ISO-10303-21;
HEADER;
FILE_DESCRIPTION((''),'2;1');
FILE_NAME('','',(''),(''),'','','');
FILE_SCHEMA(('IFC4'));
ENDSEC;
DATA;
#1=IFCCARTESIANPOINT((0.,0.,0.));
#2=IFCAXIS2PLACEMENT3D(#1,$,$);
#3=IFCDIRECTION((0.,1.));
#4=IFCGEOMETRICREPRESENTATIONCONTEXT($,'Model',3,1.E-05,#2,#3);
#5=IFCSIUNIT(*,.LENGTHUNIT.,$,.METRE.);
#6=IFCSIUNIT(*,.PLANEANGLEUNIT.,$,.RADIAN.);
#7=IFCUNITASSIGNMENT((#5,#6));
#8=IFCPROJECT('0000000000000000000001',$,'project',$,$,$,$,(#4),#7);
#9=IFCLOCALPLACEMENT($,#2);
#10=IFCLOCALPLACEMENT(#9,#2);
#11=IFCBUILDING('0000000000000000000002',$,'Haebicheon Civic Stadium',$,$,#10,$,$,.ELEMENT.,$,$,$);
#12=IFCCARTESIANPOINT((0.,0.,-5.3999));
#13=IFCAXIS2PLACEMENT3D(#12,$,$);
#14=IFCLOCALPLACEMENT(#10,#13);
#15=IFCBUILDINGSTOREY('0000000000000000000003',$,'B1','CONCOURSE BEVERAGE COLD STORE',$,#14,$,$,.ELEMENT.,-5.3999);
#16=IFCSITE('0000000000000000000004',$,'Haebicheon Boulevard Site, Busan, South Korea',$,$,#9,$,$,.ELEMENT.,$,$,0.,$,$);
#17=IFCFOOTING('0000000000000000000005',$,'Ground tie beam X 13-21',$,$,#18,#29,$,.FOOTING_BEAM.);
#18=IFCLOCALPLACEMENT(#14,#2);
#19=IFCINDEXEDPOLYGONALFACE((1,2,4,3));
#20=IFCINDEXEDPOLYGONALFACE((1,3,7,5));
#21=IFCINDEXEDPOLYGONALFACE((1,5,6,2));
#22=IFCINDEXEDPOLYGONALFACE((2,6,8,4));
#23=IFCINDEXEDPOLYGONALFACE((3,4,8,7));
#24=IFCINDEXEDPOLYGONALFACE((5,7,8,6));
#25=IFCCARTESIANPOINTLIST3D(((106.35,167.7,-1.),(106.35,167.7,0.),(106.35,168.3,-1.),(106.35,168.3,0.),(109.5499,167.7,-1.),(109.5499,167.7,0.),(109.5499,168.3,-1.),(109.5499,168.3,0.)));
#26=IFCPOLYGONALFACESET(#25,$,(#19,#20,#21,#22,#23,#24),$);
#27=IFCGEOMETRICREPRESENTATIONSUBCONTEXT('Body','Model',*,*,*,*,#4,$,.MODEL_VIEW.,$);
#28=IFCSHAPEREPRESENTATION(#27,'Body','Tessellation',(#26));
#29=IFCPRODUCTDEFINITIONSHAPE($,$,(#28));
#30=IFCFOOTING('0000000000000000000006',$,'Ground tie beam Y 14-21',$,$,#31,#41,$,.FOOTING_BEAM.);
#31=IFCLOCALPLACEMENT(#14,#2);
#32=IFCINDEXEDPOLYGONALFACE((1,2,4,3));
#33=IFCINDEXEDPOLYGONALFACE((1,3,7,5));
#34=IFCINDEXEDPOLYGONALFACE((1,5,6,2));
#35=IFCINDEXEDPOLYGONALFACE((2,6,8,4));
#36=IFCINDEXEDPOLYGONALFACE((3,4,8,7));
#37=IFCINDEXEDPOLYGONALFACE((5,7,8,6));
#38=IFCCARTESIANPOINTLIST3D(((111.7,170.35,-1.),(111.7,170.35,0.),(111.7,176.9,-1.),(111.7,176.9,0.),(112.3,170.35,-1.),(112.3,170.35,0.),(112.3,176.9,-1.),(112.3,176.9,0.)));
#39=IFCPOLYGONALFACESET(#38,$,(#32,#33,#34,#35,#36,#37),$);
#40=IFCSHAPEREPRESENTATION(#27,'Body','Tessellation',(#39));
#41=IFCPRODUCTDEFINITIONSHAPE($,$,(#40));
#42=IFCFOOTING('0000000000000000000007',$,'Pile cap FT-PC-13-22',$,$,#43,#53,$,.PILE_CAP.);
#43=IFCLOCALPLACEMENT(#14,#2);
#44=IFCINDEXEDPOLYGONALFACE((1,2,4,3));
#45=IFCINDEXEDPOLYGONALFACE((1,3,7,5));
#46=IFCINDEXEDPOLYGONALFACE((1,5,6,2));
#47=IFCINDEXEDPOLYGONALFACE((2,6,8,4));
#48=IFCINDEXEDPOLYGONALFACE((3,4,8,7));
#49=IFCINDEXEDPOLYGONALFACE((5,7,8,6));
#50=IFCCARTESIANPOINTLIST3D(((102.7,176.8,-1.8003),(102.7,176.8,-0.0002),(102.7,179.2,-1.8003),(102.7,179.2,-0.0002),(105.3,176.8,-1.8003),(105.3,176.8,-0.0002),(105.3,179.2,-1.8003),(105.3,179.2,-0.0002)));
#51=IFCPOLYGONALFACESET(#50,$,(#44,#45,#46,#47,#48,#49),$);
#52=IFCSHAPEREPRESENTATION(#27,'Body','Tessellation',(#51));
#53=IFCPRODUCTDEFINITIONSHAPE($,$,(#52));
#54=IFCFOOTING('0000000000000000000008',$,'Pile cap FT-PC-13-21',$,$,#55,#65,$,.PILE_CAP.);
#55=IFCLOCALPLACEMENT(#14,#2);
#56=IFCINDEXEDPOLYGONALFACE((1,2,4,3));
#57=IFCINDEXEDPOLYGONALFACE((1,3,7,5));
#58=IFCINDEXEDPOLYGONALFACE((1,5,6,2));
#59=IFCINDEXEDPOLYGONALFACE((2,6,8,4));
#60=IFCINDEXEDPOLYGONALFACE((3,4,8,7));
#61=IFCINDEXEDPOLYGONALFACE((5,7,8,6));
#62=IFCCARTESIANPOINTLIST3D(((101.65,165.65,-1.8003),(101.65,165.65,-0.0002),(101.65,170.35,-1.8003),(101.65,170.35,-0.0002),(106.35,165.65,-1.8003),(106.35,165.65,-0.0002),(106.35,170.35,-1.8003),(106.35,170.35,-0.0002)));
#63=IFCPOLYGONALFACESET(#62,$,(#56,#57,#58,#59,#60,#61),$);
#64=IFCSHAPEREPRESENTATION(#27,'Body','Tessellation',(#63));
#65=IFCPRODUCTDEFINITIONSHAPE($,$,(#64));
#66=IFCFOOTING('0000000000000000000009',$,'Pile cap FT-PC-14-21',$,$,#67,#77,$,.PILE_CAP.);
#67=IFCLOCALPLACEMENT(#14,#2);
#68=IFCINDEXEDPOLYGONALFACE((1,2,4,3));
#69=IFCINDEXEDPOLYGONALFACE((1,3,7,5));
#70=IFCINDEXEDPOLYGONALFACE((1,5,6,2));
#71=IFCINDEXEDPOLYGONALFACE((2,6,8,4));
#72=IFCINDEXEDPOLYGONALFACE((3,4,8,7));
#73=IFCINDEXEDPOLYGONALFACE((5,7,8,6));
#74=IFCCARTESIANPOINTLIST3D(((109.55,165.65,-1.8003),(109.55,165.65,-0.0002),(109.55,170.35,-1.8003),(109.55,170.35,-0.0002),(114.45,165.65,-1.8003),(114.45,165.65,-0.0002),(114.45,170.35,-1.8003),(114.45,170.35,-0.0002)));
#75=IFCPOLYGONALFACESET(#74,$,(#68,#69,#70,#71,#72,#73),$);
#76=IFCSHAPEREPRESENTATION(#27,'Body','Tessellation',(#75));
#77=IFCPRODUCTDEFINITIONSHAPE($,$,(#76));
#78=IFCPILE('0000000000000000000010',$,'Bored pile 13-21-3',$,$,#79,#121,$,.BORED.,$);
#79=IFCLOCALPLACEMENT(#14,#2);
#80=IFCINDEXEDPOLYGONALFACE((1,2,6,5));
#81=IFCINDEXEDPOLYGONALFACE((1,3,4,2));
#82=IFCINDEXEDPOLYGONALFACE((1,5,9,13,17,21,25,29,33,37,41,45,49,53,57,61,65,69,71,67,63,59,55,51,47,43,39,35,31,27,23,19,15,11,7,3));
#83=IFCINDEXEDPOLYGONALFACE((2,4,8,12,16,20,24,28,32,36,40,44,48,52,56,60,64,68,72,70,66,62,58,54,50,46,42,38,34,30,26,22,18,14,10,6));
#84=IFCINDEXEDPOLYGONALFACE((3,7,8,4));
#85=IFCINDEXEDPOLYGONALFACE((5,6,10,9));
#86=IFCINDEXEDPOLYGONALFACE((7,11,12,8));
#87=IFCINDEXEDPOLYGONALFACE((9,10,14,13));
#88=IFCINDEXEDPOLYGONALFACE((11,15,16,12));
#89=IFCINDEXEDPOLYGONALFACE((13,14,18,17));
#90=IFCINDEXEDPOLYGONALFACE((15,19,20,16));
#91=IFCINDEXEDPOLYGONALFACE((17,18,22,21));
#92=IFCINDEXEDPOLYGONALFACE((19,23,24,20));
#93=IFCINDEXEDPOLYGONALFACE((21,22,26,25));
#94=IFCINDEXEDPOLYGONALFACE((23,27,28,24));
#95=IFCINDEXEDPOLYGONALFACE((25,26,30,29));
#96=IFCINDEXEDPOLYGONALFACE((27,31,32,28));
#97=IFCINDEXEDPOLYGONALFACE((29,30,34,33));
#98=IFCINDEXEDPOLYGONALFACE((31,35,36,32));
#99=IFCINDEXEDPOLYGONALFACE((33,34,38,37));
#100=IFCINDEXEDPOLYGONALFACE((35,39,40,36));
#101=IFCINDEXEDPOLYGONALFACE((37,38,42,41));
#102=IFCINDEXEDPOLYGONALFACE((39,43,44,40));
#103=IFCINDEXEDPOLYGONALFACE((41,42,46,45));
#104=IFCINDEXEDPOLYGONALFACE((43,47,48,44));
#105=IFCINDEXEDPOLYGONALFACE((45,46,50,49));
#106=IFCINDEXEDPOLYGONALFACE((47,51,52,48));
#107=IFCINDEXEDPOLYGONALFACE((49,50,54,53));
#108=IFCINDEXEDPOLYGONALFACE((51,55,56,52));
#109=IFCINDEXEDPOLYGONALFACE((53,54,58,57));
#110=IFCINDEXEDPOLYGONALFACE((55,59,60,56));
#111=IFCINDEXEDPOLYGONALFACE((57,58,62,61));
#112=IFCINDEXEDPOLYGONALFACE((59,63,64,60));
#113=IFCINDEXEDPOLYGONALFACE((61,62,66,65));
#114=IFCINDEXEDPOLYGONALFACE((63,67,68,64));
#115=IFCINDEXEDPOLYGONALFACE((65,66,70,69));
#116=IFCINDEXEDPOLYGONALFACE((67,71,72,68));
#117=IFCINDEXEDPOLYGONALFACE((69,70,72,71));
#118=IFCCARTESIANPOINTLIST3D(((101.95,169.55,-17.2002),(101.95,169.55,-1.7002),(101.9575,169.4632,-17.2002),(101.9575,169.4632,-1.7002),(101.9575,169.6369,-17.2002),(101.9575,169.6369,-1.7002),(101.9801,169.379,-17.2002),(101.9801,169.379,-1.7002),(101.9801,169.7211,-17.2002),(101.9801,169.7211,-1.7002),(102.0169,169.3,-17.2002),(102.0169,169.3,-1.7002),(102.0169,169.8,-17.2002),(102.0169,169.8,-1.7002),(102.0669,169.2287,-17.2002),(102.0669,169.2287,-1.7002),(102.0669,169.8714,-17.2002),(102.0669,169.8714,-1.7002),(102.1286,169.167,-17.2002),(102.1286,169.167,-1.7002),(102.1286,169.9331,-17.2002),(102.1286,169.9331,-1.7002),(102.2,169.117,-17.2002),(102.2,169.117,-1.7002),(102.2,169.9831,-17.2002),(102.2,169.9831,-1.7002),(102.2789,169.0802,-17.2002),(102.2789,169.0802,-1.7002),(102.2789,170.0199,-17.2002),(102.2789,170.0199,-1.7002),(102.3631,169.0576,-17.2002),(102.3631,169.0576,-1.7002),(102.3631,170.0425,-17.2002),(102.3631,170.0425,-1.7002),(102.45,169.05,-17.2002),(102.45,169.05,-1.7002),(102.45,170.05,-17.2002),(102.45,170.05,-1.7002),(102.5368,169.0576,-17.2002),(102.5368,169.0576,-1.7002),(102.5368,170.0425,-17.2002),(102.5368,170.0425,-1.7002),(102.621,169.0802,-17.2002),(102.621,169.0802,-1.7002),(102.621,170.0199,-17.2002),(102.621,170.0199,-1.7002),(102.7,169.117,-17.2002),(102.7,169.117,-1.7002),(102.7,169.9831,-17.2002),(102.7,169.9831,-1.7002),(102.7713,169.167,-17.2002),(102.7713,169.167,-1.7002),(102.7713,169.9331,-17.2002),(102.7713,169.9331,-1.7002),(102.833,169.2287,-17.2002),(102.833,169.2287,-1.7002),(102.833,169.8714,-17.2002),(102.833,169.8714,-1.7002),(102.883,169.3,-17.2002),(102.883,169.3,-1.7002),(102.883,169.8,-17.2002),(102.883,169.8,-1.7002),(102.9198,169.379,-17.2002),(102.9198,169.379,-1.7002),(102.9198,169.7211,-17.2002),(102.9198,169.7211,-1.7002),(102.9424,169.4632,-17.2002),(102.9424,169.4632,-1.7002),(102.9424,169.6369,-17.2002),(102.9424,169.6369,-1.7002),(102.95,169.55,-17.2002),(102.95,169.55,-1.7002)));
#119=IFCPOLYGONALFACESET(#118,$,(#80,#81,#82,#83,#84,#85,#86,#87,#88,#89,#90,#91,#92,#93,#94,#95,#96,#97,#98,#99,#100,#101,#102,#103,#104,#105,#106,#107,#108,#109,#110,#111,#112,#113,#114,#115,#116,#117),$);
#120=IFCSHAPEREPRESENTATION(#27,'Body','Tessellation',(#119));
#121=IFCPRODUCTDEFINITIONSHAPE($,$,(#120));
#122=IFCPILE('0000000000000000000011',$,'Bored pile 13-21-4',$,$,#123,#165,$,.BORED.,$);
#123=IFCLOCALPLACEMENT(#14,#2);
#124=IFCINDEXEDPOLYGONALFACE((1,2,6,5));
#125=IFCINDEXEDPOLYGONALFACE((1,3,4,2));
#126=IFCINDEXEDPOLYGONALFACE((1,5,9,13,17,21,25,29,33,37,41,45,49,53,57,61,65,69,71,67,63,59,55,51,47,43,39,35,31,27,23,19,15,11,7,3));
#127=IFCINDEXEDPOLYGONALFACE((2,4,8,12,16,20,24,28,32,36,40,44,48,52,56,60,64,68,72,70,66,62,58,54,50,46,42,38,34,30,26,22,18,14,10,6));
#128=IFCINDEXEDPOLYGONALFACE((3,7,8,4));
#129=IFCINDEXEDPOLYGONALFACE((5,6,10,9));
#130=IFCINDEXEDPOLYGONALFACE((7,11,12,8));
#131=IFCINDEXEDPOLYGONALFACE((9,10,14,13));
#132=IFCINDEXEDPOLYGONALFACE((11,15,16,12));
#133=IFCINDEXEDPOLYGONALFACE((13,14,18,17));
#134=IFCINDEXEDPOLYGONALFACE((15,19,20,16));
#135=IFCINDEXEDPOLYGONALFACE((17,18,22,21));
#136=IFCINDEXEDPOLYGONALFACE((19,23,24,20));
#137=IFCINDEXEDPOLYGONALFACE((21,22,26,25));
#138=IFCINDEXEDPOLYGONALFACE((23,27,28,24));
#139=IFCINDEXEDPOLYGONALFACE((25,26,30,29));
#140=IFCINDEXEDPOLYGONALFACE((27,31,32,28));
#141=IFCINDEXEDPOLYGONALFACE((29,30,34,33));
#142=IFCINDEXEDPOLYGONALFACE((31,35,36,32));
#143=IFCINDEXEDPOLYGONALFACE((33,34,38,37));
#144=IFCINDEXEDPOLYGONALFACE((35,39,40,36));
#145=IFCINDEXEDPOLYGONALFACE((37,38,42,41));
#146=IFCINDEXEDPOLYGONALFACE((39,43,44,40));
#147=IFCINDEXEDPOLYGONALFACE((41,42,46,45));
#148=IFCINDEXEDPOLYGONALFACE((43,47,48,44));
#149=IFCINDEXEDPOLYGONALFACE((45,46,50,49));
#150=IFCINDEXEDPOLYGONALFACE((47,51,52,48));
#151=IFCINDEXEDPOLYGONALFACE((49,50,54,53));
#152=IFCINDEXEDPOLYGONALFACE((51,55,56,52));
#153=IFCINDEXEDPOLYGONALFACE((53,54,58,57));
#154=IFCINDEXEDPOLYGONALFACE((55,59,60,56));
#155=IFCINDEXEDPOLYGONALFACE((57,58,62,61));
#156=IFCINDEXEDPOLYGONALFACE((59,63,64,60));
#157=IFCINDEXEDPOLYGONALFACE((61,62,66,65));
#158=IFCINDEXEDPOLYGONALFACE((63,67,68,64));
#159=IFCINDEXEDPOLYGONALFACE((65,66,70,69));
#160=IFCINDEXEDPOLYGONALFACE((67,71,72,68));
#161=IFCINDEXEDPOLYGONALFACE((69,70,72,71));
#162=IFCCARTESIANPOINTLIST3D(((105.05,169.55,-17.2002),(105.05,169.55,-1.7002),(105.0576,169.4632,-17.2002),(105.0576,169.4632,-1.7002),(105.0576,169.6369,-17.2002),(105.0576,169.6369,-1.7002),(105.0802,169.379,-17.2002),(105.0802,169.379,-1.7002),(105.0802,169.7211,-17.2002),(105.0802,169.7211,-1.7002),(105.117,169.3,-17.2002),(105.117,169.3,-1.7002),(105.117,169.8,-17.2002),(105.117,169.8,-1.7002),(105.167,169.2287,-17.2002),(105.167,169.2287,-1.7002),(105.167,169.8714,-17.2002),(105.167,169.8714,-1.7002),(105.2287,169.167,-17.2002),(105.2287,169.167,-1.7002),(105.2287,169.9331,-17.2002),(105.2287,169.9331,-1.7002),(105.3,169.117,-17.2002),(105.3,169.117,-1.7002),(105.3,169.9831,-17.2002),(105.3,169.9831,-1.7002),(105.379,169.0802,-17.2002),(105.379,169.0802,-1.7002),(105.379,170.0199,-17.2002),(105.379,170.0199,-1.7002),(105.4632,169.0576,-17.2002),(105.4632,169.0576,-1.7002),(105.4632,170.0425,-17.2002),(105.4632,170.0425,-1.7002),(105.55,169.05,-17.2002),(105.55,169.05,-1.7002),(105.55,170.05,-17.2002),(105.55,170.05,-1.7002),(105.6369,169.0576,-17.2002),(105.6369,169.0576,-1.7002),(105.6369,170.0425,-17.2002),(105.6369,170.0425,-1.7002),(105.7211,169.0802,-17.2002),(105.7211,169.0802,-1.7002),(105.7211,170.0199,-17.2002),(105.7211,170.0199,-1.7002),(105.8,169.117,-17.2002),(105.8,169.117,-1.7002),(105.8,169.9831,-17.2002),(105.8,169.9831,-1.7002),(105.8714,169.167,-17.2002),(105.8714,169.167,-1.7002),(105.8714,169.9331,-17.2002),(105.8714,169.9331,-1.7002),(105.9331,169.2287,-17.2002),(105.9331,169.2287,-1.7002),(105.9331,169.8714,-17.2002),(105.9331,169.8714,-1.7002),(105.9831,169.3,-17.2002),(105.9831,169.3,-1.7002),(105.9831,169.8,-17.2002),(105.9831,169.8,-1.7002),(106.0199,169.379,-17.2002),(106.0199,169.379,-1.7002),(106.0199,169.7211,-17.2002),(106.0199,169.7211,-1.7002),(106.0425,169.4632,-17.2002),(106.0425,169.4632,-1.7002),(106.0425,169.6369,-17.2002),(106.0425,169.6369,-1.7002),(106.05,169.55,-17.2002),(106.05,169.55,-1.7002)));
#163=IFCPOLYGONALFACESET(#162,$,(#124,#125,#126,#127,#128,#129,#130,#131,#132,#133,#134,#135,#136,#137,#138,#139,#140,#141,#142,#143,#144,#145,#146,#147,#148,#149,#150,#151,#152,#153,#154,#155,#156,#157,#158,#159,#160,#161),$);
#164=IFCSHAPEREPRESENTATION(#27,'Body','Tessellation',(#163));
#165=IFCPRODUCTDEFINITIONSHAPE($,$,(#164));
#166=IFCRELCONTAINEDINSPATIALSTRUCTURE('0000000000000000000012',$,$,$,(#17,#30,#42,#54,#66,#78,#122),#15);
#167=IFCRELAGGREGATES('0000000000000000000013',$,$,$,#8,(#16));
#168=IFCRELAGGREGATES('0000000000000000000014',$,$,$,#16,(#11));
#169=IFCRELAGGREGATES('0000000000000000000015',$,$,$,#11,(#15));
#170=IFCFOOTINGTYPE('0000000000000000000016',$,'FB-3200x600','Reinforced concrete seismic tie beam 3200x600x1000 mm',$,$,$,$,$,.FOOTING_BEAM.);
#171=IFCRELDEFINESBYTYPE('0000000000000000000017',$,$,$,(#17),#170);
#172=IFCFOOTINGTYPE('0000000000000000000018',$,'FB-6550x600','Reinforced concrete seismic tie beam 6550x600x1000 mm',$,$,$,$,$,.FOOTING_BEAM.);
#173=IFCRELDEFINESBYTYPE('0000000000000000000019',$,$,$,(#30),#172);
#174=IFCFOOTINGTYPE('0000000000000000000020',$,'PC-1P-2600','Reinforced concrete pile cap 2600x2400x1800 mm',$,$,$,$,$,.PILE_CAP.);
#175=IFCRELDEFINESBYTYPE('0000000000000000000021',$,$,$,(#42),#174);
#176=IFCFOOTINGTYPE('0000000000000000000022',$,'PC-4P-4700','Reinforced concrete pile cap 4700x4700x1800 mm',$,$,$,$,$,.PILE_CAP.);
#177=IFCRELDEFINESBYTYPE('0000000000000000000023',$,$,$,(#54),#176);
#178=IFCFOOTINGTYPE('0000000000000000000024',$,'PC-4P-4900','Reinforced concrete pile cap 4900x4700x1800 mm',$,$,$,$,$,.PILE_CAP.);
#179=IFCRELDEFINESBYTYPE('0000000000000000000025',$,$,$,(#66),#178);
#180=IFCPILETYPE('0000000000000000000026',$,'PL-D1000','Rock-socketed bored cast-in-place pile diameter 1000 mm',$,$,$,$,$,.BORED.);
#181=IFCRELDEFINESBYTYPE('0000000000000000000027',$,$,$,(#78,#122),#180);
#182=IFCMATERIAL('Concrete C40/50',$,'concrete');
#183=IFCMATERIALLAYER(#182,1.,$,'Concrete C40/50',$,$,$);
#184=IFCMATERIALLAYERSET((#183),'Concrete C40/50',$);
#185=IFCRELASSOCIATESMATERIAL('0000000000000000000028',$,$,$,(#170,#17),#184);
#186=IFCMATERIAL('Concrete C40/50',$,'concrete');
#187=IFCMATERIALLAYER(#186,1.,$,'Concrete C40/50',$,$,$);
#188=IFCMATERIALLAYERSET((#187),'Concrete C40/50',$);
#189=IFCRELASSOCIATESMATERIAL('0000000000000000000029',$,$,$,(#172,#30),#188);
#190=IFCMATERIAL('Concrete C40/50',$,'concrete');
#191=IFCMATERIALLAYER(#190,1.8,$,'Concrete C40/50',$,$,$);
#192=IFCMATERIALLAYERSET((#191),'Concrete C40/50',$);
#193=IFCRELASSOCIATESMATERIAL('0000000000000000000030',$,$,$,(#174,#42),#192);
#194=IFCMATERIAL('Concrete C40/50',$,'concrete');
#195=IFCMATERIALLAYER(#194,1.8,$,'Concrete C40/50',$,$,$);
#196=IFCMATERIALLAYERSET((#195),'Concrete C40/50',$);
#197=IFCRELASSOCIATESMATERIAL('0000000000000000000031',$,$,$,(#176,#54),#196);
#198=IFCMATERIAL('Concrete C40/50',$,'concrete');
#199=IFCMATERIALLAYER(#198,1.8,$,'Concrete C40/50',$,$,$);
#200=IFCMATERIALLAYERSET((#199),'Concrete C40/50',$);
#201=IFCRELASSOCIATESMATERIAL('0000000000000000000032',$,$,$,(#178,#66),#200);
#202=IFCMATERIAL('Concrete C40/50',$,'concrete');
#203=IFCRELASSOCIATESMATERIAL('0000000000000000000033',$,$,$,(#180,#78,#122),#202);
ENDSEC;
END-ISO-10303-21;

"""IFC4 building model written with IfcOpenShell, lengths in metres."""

from ifc_helpers import new_model, si_unit, direction, frame, origin, origin_2d, place, context, subcontext, project, spatial, rectangle, circle, extrude, material, layer, layer_set, material_profile, profile_set, type_object, element, save


model = new_model("IFC4")

# Units and contexts
model_context = context("Model", 3, precision=1e-05, world=origin(), true_north=direction((0.0, 1.0)))
body_context = subcontext(model_context, "Body", "Model", "MODEL_VIEW")
ifc_project = project(units=[si_unit("LENGTHUNIT", "METRE"), si_unit("PLANEANGLEUNIT", "RADIAN")], contexts=[model_context])

# Site, building, storey
site_placement = place(None, origin())
site = spatial("IfcSite", under=ifc_project, at=site_placement, Name="Haebicheon Boulevard Site, Busan, South Korea", CompositionType="ELEMENT", RefElevation=0.0)
building_placement = place(site_placement, origin())
building = spatial("IfcBuilding", under=site, at=building_placement, Name="Haebicheon Civic Stadium", CompositionType="ELEMENT")
storey_placement = place(building_placement, frame((0.0, 0.0, -5.3999)))
storey = spatial("IfcBuildingStorey", under=building, at=storey_placement, Name="B1", Description="CONCOURSE BEVERAGE COLD STORE", CompositionType="ELEMENT", Elevation=-5.3999)

# Footings
ifc_material_1 = material(Name="Concrete C40/50", Category="concrete")
ifc_layer_1 = layer(ifc_material_1, 1.0, Name="Concrete C40/50")
ifc_layer_set_1 = layer_set([ifc_layer_1], Name="Concrete C40/50")
footing_type_1 = type_object("IfcFootingType", Name="FB-3200x600", Description="Reinforced concrete seismic tie beam 3200x600x1000 mm", PredefinedType="FOOTING_BEAM", material=ifc_layer_set_1)
footing_1_placement = place(storey_placement, frame((107.95, 168.0, -1.0), z_axis=(0.0, 0.0, 1.0), x_axis=(1.0, 0.0, 0.0)))
element("IfcFooting", 1, at=footing_1_placement, inside=storey, type_object=footing_type_1, material=ifc_layer_set_1, Name="Ground tie beam X 13-21", PredefinedType="FOOTING_BEAM", context=body_context, shape_type="SweptSolid", body=[
    extrude(rectangle(XDim=3.2, YDim=0.6001, at=origin_2d()), origin(), (0.0, 0.0, 1.0), 1.0),
])
ifc_material_2 = material(Name="Concrete C40/50", Category="concrete")
ifc_layer_2 = layer(ifc_material_2, 1.0, Name="Concrete C40/50")
ifc_layer_set_2 = layer_set([ifc_layer_2], Name="Concrete C40/50")
footing_type_2 = type_object("IfcFootingType", Name="FB-6550x600", Description="Reinforced concrete seismic tie beam 6550x600x1000 mm", PredefinedType="FOOTING_BEAM", material=ifc_layer_set_2)
footing_2_placement = place(storey_placement, frame((112.0, 173.625, -1.0), z_axis=(0.0, 0.0, 1.0), x_axis=(0.0, 1.0, 0.0)))
element("IfcFooting", 2, at=footing_2_placement, inside=storey, type_object=footing_type_2, material=ifc_layer_set_2, Name="Ground tie beam Y 14-21", PredefinedType="FOOTING_BEAM", context=body_context, shape_type="SweptSolid", body=[
    extrude(rectangle(XDim=6.55, YDim=0.6001, at=origin_2d()), origin(), (0.0, 0.0, 1.0), 1.0),
])
ifc_material_3 = material(Name="Concrete C40/50", Category="concrete")
ifc_layer_3 = layer(ifc_material_3, 1.8, Name="Concrete C40/50")
ifc_layer_set_3 = layer_set([ifc_layer_3], Name="Concrete C40/50")
footing_type_3 = type_object("IfcFootingType", Name="PC-1P-2600", Description="Reinforced concrete pile cap 2600x2400x1800 mm", PredefinedType="PILE_CAP", material=ifc_layer_set_3)
footing_3_placement = place(storey_placement, frame((104.0, 178.0, -1.8003), z_axis=(0.0, 0.0, 1.0), x_axis=(1.0, 0.0, 0.0)))
element("IfcFooting", 3, at=footing_3_placement, inside=storey, type_object=footing_type_3, material=ifc_layer_set_3, Name="Pile cap FT-PC-13-22", PredefinedType="PILE_CAP", context=body_context, shape_type="SweptSolid", body=[
    extrude(rectangle(XDim=2.6001, YDim=2.3999, at=origin_2d()), origin(), (0.0, 0.0, 1.0), 1.8),
])
ifc_material_4 = material(Name="Concrete C40/50", Category="concrete")
ifc_layer_4 = layer(ifc_material_4, 1.8, Name="Concrete C40/50")
ifc_layer_set_4 = layer_set([ifc_layer_4], Name="Concrete C40/50")
footing_type_4 = type_object("IfcFootingType", Name="PC-4P-4700", Description="Reinforced concrete pile cap 4700x4700x1800 mm", PredefinedType="PILE_CAP", material=ifc_layer_set_4)
footing_4_placement = place(storey_placement, frame((104.0, 168.0, -1.8003), z_axis=(0.0, 0.0, 1.0), x_axis=(1.0, 0.0, 0.0)))
element("IfcFooting", 4, at=footing_4_placement, inside=storey, type_object=footing_type_4, material=ifc_layer_set_4, Name="Pile cap FT-PC-13-21", PredefinedType="PILE_CAP", context=body_context, shape_type="SweptSolid", body=[
    extrude(rectangle(XDim=4.7, YDim=4.7, at=origin_2d()), origin(), (0.0, 0.0, 1.0), 1.8),
])
ifc_material_5 = material(Name="Concrete C40/50", Category="concrete")
ifc_layer_5 = layer(ifc_material_5, 1.8, Name="Concrete C40/50")
ifc_layer_set_5 = layer_set([ifc_layer_5], Name="Concrete C40/50")
footing_type_5 = type_object("IfcFootingType", Name="PC-4P-4900", Description="Reinforced concrete pile cap 4900x4700x1800 mm", PredefinedType="PILE_CAP", material=ifc_layer_set_5)
footing_5_placement = place(storey_placement, frame((112.0, 168.0, -1.8003), z_axis=(0.0, 0.0, 1.0), x_axis=(1.0, 0.0, 0.0)))
element("IfcFooting", 5, at=footing_5_placement, inside=storey, type_object=footing_type_5, material=ifc_layer_set_5, Name="Pile cap FT-PC-14-21", PredefinedType="PILE_CAP", context=body_context, shape_type="SweptSolid", body=[
    extrude(rectangle(XDim=4.8999, YDim=4.7, at=origin_2d()), origin(), (0.0, 0.0, 1.0), 1.8),
])

# Piles
ifc_material_6 = material(Name="Concrete C40/50", Category="concrete")
ifc_material_profile_1 = material_profile(ifc_material_6, circle(Radius=0.5, at=origin_2d()), Name="PILE-D1000")
ifc_profile_set_1 = profile_set([ifc_material_profile_1], Name="Concrete C40/50")
pile_type_1 = type_object("IfcPileType", Name="PL-D1000", Description="Rock-socketed bored cast-in-place pile diameter 1000 mm", PredefinedType="BORED", material=ifc_profile_set_1)
for number, where, z_axis, x_axis, name in (
    (6, (102.45, 169.55, -1.7002), (0.0, 0.0, -1.0), (1.0, 0.0, 0.0), "Bored pile 13-21-3"),
    (7, (105.55, 169.55, -1.7002), (0.0, 0.0, -1.0), (1.0, 0.0, 0.0), "Bored pile 13-21-4"),
):
    element("IfcPile", number, at=place(storey_placement, frame(where, z_axis=z_axis, x_axis=x_axis)), inside=storey, type_object=pile_type_1, material=ifc_profile_set_1, Name=name, PredefinedType="BORED", context=body_context, shape_type="SweptSolid", body=[
        extrude(circle(Radius=0.5, at=origin_2d()), origin(), (0.0, 0.0, 1.0), 15.5),
    ])

save(model, "model.ifc")
